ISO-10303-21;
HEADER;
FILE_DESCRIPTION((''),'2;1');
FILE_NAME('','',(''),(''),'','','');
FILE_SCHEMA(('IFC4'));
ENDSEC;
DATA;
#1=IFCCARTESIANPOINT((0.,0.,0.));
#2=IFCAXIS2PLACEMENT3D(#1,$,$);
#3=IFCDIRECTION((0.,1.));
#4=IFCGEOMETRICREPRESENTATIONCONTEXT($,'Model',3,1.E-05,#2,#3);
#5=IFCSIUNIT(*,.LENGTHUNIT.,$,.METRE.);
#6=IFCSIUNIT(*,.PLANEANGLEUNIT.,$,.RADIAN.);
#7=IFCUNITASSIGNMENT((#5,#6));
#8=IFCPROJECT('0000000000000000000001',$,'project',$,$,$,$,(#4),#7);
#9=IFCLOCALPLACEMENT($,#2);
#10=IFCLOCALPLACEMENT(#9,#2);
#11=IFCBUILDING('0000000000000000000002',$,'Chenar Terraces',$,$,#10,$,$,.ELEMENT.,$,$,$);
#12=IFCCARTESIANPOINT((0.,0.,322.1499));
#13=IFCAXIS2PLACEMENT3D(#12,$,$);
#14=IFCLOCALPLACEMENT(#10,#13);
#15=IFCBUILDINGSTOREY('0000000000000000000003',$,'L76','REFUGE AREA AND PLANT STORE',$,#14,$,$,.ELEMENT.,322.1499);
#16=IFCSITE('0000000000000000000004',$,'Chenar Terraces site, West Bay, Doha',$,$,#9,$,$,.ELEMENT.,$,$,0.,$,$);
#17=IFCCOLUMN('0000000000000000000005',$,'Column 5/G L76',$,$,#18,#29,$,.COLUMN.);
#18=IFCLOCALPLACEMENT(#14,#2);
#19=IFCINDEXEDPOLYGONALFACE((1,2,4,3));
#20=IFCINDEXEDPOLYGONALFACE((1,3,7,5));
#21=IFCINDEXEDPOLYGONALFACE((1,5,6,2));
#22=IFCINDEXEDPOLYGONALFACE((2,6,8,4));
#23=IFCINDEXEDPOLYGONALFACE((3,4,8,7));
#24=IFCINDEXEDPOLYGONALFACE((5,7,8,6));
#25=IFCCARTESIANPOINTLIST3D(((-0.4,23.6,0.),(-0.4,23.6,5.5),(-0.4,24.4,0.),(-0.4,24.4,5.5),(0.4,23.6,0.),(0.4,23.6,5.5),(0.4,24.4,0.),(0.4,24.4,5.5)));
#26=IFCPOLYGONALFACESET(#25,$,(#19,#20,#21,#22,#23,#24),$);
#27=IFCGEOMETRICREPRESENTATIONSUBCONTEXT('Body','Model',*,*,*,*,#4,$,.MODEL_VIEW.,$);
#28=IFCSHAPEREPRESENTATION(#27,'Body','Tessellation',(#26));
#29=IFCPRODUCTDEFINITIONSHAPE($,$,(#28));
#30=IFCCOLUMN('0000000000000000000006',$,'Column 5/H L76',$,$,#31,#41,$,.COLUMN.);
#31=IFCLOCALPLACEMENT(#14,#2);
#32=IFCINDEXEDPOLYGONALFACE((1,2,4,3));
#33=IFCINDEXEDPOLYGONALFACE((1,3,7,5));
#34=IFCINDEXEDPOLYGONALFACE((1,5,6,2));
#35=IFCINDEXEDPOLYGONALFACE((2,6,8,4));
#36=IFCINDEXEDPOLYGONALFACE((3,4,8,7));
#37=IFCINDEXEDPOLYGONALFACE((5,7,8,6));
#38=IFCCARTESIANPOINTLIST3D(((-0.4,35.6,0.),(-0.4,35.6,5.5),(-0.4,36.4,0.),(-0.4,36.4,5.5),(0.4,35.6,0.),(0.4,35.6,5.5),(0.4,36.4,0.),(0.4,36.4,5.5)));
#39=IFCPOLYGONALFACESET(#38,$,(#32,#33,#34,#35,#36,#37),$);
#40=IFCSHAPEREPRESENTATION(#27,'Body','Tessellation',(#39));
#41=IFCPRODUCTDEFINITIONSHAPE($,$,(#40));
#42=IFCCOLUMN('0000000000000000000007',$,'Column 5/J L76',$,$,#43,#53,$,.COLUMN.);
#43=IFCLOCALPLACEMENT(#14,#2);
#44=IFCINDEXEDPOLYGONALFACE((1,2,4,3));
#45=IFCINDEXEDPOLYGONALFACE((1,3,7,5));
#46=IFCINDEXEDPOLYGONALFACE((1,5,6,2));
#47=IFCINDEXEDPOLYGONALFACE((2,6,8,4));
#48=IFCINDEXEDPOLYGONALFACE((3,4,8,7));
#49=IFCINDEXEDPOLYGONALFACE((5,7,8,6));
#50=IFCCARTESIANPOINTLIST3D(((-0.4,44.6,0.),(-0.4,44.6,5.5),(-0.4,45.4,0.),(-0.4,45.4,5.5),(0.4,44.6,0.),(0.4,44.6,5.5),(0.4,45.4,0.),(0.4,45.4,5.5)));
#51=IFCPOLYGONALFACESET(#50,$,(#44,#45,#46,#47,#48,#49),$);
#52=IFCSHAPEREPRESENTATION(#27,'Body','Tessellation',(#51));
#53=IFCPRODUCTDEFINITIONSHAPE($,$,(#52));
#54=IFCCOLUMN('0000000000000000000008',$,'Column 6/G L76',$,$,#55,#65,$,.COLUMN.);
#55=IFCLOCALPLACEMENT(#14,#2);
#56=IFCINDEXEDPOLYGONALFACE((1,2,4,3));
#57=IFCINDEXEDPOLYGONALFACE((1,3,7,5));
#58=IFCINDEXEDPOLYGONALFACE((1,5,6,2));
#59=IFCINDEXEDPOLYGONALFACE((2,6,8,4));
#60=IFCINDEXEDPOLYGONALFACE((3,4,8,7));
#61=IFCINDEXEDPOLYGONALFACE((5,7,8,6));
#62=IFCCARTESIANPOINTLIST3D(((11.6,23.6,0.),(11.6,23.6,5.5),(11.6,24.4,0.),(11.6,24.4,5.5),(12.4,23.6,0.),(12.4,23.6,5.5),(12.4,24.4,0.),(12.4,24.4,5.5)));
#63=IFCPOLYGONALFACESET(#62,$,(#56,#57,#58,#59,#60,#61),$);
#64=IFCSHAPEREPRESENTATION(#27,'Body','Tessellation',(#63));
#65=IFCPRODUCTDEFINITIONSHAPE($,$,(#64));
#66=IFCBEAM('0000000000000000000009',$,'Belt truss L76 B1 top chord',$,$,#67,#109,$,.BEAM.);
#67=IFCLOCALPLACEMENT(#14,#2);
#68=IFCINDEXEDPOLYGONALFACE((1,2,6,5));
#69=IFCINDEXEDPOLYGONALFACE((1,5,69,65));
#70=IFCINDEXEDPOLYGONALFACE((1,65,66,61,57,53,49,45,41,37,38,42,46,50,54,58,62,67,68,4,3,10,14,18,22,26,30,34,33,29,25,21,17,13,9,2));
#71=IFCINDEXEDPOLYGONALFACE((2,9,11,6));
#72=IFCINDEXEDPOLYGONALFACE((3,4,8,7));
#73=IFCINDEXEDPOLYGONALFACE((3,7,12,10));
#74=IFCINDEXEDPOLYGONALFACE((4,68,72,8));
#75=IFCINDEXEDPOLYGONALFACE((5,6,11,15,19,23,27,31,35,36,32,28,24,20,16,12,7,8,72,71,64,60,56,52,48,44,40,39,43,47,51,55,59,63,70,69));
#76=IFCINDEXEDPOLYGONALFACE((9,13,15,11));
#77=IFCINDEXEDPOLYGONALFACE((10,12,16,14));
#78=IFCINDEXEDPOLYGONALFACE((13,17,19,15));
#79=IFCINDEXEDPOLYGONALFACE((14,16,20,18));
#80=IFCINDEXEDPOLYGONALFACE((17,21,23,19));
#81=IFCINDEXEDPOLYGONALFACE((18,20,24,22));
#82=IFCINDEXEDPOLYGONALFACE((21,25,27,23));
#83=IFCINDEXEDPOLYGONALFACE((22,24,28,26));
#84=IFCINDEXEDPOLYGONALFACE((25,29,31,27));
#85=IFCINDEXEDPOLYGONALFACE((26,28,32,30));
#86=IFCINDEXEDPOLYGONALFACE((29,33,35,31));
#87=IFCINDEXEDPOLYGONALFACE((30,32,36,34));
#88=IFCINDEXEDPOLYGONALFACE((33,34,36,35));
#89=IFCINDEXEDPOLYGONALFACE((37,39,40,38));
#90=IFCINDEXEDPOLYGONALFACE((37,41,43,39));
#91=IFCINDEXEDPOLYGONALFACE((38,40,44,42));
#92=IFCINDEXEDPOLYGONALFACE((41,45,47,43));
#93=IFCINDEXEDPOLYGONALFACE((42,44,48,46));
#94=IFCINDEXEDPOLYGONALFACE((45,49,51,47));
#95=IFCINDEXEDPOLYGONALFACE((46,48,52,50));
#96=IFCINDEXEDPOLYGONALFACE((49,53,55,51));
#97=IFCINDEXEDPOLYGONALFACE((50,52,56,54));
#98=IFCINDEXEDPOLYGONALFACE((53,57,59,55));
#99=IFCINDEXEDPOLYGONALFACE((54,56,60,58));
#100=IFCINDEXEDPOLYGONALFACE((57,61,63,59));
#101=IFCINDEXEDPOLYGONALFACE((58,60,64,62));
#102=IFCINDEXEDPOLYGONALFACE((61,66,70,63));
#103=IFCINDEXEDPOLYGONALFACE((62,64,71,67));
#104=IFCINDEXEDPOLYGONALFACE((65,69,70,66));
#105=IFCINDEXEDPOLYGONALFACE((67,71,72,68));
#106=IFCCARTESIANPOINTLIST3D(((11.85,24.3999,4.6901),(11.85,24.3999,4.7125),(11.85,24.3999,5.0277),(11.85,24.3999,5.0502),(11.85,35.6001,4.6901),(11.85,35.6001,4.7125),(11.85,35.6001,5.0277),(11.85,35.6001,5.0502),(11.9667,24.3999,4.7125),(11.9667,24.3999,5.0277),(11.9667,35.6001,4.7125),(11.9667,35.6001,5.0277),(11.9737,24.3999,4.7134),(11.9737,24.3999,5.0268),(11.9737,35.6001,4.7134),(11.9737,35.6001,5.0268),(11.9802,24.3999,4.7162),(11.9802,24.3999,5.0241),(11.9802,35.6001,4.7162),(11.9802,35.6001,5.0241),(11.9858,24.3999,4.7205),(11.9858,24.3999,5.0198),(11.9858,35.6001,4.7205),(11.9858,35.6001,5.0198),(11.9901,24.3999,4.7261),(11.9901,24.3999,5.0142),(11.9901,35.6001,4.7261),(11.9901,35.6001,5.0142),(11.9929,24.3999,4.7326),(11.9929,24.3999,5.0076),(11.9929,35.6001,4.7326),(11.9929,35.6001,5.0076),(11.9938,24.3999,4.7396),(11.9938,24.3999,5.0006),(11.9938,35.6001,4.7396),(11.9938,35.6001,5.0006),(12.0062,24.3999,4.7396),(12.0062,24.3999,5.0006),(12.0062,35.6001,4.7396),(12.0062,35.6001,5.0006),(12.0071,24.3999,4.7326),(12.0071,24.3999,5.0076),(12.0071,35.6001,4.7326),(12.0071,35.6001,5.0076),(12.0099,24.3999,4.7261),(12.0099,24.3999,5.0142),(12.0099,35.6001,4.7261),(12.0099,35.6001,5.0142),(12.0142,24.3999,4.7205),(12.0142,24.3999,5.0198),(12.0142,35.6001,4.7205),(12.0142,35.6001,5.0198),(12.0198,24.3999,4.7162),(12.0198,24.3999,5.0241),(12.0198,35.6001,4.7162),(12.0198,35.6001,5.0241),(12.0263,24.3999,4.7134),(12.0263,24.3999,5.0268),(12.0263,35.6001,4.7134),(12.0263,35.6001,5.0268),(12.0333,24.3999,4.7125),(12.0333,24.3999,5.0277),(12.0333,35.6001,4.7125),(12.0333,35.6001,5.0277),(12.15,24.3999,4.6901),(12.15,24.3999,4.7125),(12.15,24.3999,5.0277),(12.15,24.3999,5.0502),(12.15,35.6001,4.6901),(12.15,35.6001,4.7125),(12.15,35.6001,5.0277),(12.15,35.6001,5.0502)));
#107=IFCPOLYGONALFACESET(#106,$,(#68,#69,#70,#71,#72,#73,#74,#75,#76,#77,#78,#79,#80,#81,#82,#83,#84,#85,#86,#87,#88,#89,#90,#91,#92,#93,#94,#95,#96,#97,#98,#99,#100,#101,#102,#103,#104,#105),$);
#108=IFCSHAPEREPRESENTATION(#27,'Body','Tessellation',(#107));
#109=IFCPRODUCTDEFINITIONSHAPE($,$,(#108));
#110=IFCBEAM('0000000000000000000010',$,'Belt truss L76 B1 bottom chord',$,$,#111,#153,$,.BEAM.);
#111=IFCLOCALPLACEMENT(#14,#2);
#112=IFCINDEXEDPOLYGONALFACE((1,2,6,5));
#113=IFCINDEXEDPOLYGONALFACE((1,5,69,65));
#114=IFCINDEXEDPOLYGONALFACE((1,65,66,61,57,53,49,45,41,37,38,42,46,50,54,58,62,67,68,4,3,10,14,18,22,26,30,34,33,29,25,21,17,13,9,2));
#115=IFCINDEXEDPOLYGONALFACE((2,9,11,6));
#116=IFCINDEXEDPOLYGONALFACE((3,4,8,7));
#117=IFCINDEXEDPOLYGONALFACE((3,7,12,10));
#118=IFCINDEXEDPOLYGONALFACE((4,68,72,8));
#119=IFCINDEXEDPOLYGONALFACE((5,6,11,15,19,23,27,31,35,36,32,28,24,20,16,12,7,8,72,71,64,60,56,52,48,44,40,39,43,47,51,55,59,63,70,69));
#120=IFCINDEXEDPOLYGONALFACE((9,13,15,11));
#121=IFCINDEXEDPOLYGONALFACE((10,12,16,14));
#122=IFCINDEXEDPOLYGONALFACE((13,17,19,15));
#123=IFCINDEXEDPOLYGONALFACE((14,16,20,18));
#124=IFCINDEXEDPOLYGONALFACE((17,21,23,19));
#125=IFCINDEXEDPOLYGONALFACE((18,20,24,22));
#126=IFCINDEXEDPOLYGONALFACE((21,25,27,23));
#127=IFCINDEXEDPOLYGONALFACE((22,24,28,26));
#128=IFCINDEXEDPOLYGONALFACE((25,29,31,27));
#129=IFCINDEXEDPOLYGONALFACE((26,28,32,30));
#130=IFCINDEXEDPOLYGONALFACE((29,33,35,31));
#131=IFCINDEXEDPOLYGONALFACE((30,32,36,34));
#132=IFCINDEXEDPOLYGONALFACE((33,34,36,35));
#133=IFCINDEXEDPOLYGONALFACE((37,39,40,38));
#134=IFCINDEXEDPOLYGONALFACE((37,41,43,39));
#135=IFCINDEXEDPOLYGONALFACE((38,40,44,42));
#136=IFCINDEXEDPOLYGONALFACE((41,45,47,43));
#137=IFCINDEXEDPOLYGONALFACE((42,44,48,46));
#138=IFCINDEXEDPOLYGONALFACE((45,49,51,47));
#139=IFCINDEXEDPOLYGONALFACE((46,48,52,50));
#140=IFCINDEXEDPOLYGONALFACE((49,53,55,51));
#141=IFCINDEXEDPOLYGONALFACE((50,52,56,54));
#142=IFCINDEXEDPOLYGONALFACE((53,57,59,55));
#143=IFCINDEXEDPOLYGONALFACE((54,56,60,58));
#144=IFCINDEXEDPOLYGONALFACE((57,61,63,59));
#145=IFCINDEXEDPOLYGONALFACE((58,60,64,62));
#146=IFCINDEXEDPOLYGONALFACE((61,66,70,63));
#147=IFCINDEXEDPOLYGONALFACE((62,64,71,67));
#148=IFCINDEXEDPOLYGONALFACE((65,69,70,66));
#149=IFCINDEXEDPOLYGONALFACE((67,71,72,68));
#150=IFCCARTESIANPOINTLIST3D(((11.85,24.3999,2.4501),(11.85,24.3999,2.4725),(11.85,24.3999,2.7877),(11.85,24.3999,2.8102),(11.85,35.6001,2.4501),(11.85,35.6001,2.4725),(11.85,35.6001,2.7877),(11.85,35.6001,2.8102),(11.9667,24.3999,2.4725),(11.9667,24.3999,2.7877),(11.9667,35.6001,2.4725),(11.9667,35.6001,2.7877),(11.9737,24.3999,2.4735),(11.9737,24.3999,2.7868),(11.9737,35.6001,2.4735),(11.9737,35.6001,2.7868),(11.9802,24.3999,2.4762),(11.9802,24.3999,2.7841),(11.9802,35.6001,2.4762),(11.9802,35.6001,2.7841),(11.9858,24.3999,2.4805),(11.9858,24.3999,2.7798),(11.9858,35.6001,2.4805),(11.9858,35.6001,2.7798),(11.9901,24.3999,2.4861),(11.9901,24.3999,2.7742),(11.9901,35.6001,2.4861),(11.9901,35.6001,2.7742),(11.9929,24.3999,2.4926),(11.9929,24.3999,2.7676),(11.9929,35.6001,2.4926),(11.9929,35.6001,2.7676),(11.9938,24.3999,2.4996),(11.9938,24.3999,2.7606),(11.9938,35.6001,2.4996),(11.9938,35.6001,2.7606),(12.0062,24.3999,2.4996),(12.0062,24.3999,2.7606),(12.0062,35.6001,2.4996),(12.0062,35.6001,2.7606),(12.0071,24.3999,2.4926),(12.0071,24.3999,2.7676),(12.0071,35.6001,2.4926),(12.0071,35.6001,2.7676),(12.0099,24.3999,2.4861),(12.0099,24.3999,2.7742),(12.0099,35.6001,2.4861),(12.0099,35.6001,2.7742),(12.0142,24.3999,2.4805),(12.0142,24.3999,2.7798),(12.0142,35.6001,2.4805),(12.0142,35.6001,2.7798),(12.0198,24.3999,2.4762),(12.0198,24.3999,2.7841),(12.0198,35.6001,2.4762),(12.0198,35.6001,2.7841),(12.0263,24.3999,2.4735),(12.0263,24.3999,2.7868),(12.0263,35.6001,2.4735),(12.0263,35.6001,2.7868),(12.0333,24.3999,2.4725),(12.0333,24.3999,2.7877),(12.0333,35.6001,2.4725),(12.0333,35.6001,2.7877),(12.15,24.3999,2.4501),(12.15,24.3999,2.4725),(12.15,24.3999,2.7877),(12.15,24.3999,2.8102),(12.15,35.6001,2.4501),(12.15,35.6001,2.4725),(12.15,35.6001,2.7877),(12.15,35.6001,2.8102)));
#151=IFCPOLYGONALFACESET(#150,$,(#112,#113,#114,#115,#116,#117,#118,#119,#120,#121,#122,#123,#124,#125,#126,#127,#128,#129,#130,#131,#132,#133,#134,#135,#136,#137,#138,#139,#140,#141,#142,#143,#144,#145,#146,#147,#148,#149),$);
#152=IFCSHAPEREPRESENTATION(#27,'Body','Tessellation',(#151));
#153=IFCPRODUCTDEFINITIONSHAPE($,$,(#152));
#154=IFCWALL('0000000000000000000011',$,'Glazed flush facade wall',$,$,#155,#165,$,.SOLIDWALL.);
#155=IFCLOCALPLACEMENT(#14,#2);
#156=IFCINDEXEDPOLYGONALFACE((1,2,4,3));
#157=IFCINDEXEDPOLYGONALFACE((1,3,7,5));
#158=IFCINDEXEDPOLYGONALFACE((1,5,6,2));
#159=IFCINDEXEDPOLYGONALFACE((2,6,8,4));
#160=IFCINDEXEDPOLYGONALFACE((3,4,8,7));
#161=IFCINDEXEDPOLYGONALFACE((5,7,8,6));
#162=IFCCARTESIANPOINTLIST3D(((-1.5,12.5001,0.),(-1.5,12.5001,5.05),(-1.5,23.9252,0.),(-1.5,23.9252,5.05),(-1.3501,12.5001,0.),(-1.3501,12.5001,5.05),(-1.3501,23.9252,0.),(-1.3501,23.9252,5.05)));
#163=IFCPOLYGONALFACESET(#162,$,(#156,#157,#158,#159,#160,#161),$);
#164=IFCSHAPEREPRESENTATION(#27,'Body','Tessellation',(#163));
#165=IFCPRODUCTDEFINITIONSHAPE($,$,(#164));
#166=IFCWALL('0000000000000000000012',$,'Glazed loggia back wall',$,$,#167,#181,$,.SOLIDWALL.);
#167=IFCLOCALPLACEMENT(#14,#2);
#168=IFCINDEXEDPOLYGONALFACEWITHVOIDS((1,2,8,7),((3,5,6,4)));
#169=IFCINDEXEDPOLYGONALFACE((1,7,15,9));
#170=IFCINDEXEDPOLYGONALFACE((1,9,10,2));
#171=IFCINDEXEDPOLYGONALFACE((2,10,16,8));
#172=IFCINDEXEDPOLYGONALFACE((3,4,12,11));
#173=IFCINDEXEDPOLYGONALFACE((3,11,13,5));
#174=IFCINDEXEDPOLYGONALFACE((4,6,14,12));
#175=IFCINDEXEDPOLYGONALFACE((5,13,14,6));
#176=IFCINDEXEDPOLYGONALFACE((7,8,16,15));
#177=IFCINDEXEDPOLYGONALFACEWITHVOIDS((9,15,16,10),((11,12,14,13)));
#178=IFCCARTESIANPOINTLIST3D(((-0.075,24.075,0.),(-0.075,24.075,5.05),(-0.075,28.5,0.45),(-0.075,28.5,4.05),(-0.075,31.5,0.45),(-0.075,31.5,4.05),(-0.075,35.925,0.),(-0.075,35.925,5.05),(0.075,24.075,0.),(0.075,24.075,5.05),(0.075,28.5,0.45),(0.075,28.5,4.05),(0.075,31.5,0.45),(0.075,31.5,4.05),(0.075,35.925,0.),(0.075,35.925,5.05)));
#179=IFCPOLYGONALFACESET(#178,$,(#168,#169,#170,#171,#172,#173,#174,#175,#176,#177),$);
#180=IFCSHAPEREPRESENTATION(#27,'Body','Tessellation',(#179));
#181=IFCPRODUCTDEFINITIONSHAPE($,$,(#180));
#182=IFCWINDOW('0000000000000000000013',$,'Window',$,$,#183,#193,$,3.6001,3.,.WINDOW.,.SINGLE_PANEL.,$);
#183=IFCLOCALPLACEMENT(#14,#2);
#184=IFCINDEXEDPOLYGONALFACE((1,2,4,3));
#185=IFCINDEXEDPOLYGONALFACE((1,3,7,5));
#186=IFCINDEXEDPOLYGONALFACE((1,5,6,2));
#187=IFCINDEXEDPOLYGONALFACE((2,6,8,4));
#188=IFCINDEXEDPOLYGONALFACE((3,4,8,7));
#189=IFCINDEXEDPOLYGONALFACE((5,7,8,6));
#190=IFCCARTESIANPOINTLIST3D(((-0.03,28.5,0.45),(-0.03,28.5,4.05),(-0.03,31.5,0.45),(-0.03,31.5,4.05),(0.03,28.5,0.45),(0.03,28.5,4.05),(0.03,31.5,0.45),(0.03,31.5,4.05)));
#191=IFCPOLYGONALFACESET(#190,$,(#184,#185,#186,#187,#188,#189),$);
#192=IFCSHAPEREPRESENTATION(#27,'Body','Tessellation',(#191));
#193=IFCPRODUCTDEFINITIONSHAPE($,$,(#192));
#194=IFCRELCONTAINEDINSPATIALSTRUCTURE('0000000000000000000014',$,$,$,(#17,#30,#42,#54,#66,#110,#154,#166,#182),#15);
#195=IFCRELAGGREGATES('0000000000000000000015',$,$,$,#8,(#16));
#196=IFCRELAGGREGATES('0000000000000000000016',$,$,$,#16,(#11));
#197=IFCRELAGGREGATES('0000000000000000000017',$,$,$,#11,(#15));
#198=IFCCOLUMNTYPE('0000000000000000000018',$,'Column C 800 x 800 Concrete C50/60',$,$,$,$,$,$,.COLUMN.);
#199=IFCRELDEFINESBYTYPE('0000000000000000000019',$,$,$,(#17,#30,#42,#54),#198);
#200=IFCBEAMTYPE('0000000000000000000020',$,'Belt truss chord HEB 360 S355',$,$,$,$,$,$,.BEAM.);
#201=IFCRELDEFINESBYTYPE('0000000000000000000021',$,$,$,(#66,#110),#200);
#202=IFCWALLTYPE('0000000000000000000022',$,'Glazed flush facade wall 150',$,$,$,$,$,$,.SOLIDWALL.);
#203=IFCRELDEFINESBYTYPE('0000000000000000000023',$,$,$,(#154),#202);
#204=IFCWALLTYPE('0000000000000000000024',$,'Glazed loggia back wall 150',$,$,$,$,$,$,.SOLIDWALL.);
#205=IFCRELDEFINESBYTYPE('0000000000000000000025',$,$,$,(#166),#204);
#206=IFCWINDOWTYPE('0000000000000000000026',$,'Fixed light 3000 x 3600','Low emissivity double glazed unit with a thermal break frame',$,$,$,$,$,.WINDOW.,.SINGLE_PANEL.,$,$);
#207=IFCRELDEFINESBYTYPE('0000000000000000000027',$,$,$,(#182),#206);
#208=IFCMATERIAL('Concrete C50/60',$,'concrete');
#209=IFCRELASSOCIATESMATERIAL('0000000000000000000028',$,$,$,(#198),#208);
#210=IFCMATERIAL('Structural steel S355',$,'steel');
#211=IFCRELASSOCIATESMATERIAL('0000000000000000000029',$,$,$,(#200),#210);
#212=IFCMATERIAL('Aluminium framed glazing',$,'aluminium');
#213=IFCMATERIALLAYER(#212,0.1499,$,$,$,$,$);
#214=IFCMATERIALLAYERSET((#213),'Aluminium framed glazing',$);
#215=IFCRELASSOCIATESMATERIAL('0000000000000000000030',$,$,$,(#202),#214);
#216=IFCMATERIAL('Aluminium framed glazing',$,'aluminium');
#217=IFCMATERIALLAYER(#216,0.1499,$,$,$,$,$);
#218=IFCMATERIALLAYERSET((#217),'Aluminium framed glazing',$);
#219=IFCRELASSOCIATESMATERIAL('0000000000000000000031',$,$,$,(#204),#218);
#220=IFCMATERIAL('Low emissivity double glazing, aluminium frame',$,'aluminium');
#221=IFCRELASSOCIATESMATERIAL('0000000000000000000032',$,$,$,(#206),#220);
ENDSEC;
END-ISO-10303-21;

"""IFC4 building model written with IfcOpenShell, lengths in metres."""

from ifc_helpers import new_model, si_unit, direction, frame, frame_2d, origin, origin_2d, place, context, subcontext, project, spatial, rectangle, i_section, extrude, material, layer, layer_set, material_profile, profile_set, type_object, element, fill, save


model = new_model("IFC4")

# Units and contexts
model_context = context("Model", 3, precision=1e-05, world=origin(), true_north=direction((0.0, 1.0)))
body_context = subcontext(model_context, "Body", "Model", "MODEL_VIEW")
ifc_project = project(units=[si_unit("LENGTHUNIT", "METRE"), si_unit("PLANEANGLEUNIT", "RADIAN")], contexts=[model_context])

# Site, building, storey
site_placement = place(None, origin())
site = spatial("IfcSite", under=ifc_project, at=site_placement, Name="Chenar Terraces site, West Bay, Doha", CompositionType="ELEMENT", RefElevation=0.0)
building_placement = place(site_placement, origin())
building = spatial("IfcBuilding", under=site, at=building_placement, Name="Chenar Terraces", CompositionType="ELEMENT")
storey_placement = place(building_placement, frame((0.0, 0.0, 322.1499)))
storey = spatial("IfcBuildingStorey", under=building, at=storey_placement, Name="L76", Description="REFUGE AREA AND PLANT STORE", CompositionType="ELEMENT", Elevation=322.1499)

# Columns
ifc_material_1 = material(Name="Concrete C50/60", Category="concrete")
ifc_material_profile_1 = material_profile(ifc_material_1, rectangle(XDim=0.8, YDim=0.8, at=origin_2d()), Name="C 800 x 800")
ifc_profile_set_1 = profile_set([ifc_material_profile_1], Name="Concrete C50/60")
column_type = type_object("IfcColumnType", Name="Column C 800 x 800 Concrete C50/60", PredefinedType="COLUMN", material=ifc_profile_set_1)
for number, where, z_axis, x_axis, name in (
    (1, (0.0, 24.0, 0.0), (0.0, 0.0, 1.0), (1.0, 0.0, 0.0), "Column 5/G L76"),
    (2, (0.0, 36.0, 0.0), (0.0, 0.0, 1.0), (1.0, 0.0, 0.0), "Column 5/H L76"),
):
    element("IfcColumn", number, at=place(storey_placement, frame(where, z_axis=z_axis, x_axis=x_axis)), inside=storey, type_object=column_type, Name=name, PredefinedType="COLUMN", context=body_context, shape_type="SweptSolid", body=[
        extrude(rectangle(XDim=0.8, YDim=0.8, at=origin_2d()), origin(), (0.0, 0.0, 1.0), 5.5),
    ])
placement = place(storey_placement, frame((0.0, 45.0, 0.0), z_axis=(0.0, 0.0, 1.0), x_axis=(1.0, 0.0, 0.0)))
element("IfcColumn", 3, at=placement, inside=storey, type_object=column_type, Name="Column 5/J L76", PredefinedType="COLUMN", context=body_context, shape_type="SweptSolid", body=[
    extrude(rectangle(XDim=0.8, YDim=0.8, at=origin_2d()), origin(), (0.0, 0.0, 1.0), 5.5),
])
column_1_placement = place(storey_placement, frame((12.0, 24.0, 0.0), z_axis=(0.0, 0.0, 1.0), x_axis=(1.0, 0.0, 0.0)))
element("IfcColumn", 4, at=column_1_placement, inside=storey, type_object=column_type, Name="Column 6/G L76", PredefinedType="COLUMN", context=body_context, shape_type="SweptSolid", body=[
    extrude(rectangle(XDim=0.8, YDim=0.8, at=origin_2d()), origin(), (0.0, 0.0, 1.0), 5.5),
])

# Beams
ifc_material_2 = material(Name="Structural steel S355", Category="steel")
ifc_material_profile_2 = material_profile(ifc_material_2, i_section(OverallWidth=0.3, OverallDepth=0.3601, WebThickness=0.0125, FlangeThickness=0.0225, FilletRadius=0.0271, at=origin_2d()), Name="HEB 360")
ifc_profile_set_2 = profile_set([ifc_material_profile_2], Name="Structural steel S355")
beam_type = type_object("IfcBeamType", Name="Belt truss chord HEB 360 S355", PredefinedType="BEAM", material=ifc_profile_set_2)
for number, where, z_axis, x_axis, name in (
    (5, (12.0, 24.3999, 4.8701), (0.0, 1.0, 0.0), (-1.0, 0.0, 0.0), "Belt truss L76 B1 top chord"),
    (6, (12.0, 24.3999, 2.6301), (0.0, 1.0, 0.0), (-1.0, 0.0, 0.0), "Belt truss L76 B1 bottom chord"),
):
    element("IfcBeam", number, at=place(storey_placement, frame(where, z_axis=z_axis, x_axis=x_axis)), inside=storey, type_object=beam_type, Name=name, PredefinedType="BEAM", context=body_context, shape_type="SweptSolid", body=[
        extrude(i_section(OverallWidth=0.3, OverallDepth=0.3601, WebThickness=0.0125, FlangeThickness=0.0225, FilletRadius=0.0271, at=origin_2d()), origin(), (0.0, 0.0, 1.0), 11.2002),
    ])

# Wall
ifc_material_3 = material(Name="Aluminium framed glazing", Category="aluminium")
ifc_layer_1 = layer(ifc_material_3, 0.1499)
ifc_layer_set_1 = layer_set([ifc_layer_1], Name="Aluminium framed glazing")
wall_type_1 = type_object("IfcWallType", Name="Glazed flush facade wall 150", PredefinedType="SOLIDWALL", material=ifc_layer_set_1)
wall_1_placement = place(storey_placement, frame((-1.425, 23.925, 0.0), z_axis=(0.0, 0.0, 1.0), x_axis=(0.0, -1.0, 0.0)))
element("IfcWall", 7, at=wall_1_placement, inside=storey, type_object=wall_type_1, Name="Glazed flush facade wall", PredefinedType="SOLIDWALL", context=body_context, shape_type="SweptSolid", body=[
    extrude(rectangle(XDim=11.425, YDim=0.1499, at=frame_2d((5.7124, 0.0))), origin(), (0.0, 0.0, 1.0), 5.05),
])

# Wall, opening, window
ifc_material_4 = material(Name="Aluminium framed glazing", Category="aluminium")
ifc_layer_2 = layer(ifc_material_4, 0.1499)
ifc_layer_set_2 = layer_set([ifc_layer_2], Name="Aluminium framed glazing")
wall_type_2 = type_object("IfcWallType", Name="Glazed loggia back wall 150", PredefinedType="SOLIDWALL", material=ifc_layer_set_2)
wall_2_placement = place(storey_placement, frame((0.0, 35.925, 0.0), z_axis=(0.0, 0.0, 1.0), x_axis=(0.0, -1.0, 0.0)))
wall_2 = element("IfcWall", 8, at=wall_2_placement, inside=storey, type_object=wall_type_2, Name="Glazed loggia back wall", PredefinedType="SOLIDWALL", context=body_context, shape_type="SweptSolid", body=[
    extrude(rectangle(XDim=11.8501, YDim=0.1499, at=frame_2d((5.925, 0.0))), origin(), (0.0, 0.0, 1.0), 5.05),
])
opening_1_placement = place(wall_2_placement, frame((4.425, 0.0, 0.45)))
opening_1 = element("IfcOpeningElement", 9, at=opening_1_placement, cuts=wall_2, PredefinedType="OPENING", context=body_context, shape_type="SweptSolid", body=[
    extrude(rectangle(XDim=3.0, YDim=3.6001, at=frame_2d((1.5, 1.8))), frame((0.0, 0.085, 0.0), z_axis=(0.0, -1.0, 0.0), x_axis=(1.0, 0.0, 0.0)), (0.0, 0.0, 1.0), 0.1699),
])
ifc_material_5 = material(Name="Low emissivity double glazing, aluminium frame", Category="aluminium")
window_type = type_object("IfcWindowType", Name="Fixed light 3000 x 3600", Description="Low emissivity double glazed unit with a thermal break frame", PartitioningType="SINGLE_PANEL", PredefinedType="WINDOW", material=ifc_material_5)
window_placement = place(opening_1_placement, origin())
window = element("IfcWindow", 10, at=window_placement, inside=storey, type_object=window_type, Name="Window", OverallHeight=3.6001, OverallWidth=3.0, PartitioningType="SINGLE_PANEL", PredefinedType="WINDOW", context=body_context, shape_type="SweptSolid", body=[
    extrude(rectangle(XDim=3.0, YDim=3.6001, at=frame_2d((1.5, 1.8))), frame((0.0, 0.03, 0.0), z_axis=(0.0, -1.0, 0.0), x_axis=(1.0, 0.0, 0.0)), (0.0, 0.0, 1.0), 0.0601),
])
fill(opening_1, window)

save(model, "model.ifc")
